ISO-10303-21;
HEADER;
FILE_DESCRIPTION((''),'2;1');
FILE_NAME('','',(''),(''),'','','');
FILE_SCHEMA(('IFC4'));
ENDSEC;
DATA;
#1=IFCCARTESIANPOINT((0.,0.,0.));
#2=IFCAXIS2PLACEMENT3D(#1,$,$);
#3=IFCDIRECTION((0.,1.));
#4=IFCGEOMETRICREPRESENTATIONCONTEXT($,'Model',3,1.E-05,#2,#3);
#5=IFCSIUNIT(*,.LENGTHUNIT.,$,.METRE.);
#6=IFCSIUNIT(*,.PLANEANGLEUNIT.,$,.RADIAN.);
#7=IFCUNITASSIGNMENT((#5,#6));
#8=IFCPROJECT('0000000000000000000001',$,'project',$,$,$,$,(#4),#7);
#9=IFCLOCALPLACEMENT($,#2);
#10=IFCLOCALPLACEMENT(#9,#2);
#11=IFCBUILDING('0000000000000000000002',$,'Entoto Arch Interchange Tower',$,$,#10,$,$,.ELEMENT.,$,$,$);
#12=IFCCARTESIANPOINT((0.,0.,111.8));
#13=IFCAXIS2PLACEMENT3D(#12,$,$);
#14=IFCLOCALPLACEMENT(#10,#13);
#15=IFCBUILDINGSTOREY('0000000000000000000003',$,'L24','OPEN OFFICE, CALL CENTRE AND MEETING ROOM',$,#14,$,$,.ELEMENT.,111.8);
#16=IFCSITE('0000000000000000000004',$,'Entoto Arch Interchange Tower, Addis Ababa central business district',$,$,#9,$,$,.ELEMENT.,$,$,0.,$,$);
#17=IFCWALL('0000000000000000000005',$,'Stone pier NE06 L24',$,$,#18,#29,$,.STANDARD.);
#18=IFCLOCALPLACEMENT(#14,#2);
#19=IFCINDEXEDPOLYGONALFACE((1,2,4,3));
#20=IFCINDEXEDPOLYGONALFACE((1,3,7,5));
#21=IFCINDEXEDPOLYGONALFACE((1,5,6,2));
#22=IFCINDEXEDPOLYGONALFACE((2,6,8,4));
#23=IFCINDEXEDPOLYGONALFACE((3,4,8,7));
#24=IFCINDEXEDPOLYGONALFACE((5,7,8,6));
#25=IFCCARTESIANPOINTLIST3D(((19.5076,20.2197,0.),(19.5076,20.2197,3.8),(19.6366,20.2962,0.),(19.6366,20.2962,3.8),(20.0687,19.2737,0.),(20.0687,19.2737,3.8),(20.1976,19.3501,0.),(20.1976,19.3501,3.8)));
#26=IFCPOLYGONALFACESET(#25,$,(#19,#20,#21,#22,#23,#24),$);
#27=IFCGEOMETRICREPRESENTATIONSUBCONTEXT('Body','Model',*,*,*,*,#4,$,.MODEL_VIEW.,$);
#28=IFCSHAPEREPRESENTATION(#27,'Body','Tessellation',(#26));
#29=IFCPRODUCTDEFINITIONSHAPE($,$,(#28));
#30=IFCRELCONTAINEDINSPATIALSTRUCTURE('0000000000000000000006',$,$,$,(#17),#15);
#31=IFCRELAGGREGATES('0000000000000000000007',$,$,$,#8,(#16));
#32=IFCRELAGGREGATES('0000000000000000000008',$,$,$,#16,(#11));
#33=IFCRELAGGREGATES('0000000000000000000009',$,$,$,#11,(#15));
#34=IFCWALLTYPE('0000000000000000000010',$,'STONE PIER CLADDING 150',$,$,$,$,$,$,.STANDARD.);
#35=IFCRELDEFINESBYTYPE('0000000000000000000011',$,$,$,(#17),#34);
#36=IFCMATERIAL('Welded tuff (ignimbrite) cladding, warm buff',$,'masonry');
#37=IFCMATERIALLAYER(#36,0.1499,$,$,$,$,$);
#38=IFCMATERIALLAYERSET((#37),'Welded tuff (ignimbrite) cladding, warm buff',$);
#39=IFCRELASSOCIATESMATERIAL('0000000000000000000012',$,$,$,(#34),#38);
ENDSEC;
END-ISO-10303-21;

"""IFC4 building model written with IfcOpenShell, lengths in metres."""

from ifc_helpers import new_model, si_unit, direction, frame, frame_2d, origin, place, context, subcontext, project, spatial, rectangle, extrude, material, layer, layer_set, type_object, element, save


model = new_model("IFC4")

# Units and contexts
model_context = context("Model", 3, precision=1e-05, world=origin(), true_north=direction((0.0, 1.0)))
body_context = subcontext(model_context, "Body", "Model", "MODEL_VIEW")
ifc_project = project(units=[si_unit("LENGTHUNIT", "METRE"), si_unit("PLANEANGLEUNIT", "RADIAN")], contexts=[model_context])

# Site, building, storey
site_placement = place(None, origin())
site = spatial("IfcSite", under=ifc_project, at=site_placement, Name="Entoto Arch Interchange Tower, Addis Ababa central business district", CompositionType="ELEMENT", RefElevation=0.0)
building_placement = place(site_placement, origin())
building = spatial("IfcBuilding", under=site, at=building_placement, Name="Entoto Arch Interchange Tower", CompositionType="ELEMENT")
storey_placement = place(building_placement, frame((0.0, 0.0, 111.8)))
storey = spatial("IfcBuildingStorey", under=building, at=storey_placement, Name="L24", Description="OPEN OFFICE, CALL CENTRE AND MEETING ROOM", CompositionType="ELEMENT", Elevation=111.8)

# Shared definitions
ifc_material_1 = material(Name="Welded tuff (ignimbrite) cladding, warm buff", Category="masonry")

# Wall
ifc_layer_1 = layer(ifc_material_1, 0.1499)
ifc_layer_set_1 = layer_set([ifc_layer_1], Name="Welded tuff (ignimbrite) cladding, warm buff")
wall_type_1 = type_object("IfcWallType", Name="STONE PIER CLADDING 150", PredefinedType="STANDARD", material=ifc_layer_set_1)
wall_1_placement = place(storey_placement, frame((20.1331, 19.312, 0.0), z_axis=(0.0, 0.0, 1.0), x_axis=(-0.510082, 0.860126, 0.0)))
element("IfcWall", 1, at=wall_1_placement, inside=storey, type_object=wall_type_1, Name="Stone pier NE06 L24", PredefinedType="STANDARD", context=body_context, shape_type="SweptSolid", body=[
    extrude(rectangle(XDim=1.0999, YDim=0.1499, at=frame_2d((0.5498, 0.0))), origin(), (0.0, 0.0, 1.0), 3.8),
])

save(model, "model.ifc")
